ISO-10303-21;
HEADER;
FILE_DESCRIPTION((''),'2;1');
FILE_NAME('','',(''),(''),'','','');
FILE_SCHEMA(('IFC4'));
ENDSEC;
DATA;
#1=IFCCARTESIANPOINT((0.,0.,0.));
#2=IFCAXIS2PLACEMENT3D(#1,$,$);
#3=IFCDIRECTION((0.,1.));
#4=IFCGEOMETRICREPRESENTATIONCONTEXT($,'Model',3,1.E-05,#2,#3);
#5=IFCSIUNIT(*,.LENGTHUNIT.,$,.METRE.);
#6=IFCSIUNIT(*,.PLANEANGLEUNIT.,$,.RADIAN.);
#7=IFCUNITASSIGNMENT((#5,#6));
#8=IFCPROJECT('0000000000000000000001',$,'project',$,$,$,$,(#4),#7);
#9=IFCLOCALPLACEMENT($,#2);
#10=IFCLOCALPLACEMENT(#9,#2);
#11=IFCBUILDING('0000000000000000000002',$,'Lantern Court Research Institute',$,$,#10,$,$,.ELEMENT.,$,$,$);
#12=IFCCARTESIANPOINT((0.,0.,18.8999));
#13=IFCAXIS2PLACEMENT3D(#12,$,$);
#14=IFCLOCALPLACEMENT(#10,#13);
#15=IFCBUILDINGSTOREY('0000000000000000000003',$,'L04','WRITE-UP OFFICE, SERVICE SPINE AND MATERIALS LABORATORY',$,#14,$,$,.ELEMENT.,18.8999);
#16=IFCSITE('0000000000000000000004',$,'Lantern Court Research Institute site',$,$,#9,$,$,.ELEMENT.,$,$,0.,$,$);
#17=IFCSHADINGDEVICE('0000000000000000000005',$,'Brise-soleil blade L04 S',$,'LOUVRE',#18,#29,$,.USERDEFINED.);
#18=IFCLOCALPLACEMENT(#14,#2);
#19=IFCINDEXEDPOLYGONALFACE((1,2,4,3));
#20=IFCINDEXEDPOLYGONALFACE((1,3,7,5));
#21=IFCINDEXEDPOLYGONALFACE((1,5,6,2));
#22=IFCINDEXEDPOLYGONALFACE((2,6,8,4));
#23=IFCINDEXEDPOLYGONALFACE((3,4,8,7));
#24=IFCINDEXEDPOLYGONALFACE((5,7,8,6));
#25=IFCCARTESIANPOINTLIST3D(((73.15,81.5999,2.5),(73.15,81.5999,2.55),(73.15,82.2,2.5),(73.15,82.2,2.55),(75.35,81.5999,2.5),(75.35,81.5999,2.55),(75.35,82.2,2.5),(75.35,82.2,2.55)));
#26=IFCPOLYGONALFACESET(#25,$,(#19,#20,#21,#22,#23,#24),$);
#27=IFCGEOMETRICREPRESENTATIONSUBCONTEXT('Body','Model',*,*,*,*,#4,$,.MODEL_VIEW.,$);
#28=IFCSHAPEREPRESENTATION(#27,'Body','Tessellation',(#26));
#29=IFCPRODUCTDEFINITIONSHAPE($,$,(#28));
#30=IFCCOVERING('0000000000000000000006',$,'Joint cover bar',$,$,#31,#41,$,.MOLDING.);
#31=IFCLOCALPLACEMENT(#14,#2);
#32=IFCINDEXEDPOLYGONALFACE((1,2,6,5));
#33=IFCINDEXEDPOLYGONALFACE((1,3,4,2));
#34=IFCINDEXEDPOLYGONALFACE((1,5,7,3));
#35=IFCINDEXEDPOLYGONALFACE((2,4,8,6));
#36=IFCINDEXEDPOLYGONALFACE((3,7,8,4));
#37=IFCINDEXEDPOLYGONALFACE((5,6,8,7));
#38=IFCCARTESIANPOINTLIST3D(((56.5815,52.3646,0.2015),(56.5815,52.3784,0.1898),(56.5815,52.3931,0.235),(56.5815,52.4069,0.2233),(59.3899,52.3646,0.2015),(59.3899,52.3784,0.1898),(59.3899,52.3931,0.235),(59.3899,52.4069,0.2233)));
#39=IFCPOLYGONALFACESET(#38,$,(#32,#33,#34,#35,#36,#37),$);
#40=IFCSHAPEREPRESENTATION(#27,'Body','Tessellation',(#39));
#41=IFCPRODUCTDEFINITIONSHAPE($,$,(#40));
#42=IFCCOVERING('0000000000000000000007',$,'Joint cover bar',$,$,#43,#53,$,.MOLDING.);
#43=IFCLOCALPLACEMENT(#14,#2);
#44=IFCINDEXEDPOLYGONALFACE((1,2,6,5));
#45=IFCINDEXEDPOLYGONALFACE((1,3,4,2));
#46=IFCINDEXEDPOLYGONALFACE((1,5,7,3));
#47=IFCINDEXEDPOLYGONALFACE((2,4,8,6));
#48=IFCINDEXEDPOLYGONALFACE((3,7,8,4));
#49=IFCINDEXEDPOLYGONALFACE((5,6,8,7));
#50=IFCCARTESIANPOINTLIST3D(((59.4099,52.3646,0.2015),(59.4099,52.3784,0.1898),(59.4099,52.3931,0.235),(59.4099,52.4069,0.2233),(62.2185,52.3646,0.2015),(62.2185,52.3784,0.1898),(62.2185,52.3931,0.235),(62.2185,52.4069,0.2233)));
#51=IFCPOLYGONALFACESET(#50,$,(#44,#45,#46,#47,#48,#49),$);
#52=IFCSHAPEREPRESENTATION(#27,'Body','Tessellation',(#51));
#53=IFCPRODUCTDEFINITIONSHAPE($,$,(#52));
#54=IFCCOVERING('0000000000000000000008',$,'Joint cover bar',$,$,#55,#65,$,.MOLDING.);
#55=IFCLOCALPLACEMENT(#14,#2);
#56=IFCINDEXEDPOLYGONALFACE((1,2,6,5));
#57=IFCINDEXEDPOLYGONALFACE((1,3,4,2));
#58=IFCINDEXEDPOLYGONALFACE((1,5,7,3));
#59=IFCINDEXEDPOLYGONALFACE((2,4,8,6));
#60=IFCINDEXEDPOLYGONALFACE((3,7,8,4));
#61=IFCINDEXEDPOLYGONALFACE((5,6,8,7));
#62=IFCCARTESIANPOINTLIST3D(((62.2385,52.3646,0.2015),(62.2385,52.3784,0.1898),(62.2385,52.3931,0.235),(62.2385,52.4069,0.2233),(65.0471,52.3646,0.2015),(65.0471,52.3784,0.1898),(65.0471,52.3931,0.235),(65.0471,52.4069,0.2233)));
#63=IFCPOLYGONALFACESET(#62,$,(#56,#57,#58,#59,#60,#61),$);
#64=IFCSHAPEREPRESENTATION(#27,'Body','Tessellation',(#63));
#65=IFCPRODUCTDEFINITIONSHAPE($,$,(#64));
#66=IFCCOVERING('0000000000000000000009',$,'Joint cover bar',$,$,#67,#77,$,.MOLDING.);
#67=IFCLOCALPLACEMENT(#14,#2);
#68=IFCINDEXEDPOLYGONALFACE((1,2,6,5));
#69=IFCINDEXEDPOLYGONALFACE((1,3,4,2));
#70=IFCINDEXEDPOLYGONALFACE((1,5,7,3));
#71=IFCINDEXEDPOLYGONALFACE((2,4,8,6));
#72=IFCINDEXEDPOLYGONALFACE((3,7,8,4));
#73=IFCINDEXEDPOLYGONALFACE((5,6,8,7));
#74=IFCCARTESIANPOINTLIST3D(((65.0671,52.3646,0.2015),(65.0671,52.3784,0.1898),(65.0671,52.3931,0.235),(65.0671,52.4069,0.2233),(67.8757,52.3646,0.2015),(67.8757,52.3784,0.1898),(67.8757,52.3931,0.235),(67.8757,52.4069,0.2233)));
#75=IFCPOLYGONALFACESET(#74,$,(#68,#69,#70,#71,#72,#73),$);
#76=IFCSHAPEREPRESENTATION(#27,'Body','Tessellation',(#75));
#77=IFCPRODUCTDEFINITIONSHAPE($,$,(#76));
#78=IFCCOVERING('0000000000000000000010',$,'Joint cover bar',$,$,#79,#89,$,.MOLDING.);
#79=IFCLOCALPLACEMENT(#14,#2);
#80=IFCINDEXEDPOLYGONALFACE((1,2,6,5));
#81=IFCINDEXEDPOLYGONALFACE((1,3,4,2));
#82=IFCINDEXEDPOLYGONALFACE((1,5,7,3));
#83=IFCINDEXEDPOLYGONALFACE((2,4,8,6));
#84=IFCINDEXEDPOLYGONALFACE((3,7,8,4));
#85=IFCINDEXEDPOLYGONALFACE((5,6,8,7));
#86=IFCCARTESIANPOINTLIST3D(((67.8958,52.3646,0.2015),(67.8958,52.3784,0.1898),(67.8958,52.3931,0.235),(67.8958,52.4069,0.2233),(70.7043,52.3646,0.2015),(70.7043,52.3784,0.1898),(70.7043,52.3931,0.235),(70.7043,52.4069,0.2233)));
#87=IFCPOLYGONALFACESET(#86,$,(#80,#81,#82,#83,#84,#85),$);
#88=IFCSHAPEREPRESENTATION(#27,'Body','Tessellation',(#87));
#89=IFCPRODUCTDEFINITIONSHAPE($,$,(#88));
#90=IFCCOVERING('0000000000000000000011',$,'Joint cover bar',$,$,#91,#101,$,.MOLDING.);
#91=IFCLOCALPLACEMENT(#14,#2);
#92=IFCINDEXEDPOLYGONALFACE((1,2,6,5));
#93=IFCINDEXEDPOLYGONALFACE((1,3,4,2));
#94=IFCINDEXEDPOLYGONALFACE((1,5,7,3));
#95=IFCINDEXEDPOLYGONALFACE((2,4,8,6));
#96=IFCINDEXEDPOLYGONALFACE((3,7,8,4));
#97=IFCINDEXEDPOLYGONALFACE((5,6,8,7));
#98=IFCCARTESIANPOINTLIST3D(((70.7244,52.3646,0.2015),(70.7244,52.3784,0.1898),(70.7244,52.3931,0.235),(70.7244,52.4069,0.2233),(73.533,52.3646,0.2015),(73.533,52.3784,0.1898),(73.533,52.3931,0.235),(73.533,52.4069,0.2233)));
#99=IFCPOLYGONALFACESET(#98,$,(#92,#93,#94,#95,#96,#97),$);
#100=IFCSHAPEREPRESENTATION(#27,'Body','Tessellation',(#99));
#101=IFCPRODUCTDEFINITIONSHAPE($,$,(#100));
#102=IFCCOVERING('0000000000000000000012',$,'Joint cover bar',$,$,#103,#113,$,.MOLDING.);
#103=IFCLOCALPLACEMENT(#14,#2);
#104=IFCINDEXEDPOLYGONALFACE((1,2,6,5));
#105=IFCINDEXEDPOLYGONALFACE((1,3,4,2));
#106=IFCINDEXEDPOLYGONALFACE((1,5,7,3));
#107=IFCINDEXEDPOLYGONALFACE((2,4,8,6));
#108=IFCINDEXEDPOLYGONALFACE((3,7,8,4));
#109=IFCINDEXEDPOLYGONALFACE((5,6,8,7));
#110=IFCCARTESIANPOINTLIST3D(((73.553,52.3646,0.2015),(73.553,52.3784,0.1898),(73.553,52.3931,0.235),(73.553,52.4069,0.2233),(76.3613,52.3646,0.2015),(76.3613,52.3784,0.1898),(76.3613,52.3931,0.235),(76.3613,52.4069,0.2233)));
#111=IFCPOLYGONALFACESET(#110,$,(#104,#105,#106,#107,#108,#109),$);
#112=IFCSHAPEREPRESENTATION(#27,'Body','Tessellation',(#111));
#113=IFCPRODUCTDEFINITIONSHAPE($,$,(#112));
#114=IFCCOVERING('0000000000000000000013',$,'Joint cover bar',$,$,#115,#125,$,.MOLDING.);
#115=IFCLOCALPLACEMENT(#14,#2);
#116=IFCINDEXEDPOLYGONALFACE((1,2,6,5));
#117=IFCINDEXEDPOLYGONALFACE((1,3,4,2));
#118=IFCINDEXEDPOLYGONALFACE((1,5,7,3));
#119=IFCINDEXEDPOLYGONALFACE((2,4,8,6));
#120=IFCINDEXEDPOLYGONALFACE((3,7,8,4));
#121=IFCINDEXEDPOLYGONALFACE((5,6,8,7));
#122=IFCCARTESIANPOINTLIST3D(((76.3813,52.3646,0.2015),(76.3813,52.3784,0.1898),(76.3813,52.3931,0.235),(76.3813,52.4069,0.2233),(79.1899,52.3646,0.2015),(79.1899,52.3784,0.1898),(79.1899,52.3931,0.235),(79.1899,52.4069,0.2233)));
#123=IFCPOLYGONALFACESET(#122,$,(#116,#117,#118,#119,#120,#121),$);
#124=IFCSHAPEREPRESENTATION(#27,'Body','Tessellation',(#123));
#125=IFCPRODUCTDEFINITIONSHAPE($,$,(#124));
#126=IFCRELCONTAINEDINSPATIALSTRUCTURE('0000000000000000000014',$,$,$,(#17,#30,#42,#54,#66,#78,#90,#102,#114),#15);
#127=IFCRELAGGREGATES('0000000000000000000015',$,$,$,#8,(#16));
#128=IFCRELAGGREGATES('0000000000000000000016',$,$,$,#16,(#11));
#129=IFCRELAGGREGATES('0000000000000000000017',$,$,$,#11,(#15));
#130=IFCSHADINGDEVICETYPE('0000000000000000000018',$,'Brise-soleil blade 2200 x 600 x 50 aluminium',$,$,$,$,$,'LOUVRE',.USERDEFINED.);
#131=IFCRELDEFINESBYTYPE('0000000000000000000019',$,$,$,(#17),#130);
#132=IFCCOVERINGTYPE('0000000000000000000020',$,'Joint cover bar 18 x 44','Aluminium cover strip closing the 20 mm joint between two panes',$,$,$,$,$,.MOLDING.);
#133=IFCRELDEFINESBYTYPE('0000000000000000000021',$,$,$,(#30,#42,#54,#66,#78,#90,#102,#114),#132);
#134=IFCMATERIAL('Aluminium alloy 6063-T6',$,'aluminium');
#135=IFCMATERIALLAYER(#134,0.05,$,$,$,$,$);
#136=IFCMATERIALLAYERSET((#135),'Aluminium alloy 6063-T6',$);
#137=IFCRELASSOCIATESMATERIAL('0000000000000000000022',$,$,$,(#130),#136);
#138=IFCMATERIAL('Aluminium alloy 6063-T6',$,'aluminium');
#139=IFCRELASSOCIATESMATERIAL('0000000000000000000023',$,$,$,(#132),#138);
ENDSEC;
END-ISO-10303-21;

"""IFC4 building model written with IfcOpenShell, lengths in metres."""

from ifc_helpers import new_model, si_unit, direction, frame, origin, origin_2d, place, context, subcontext, project, spatial, rectangle, extrude, material, layer, layer_set, material_profile, profile_set, type_object, element, save


model = new_model("IFC4")

# Units and contexts
model_context = context("Model", 3, precision=1e-05, world=origin(), true_north=direction((0.0, 1.0)))
body_context = subcontext(model_context, "Body", "Model", "MODEL_VIEW")
ifc_project = project(units=[si_unit("LENGTHUNIT", "METRE"), si_unit("PLANEANGLEUNIT", "RADIAN")], contexts=[model_context])

# Site, building, storey
site_placement = place(None, origin())
site = spatial("IfcSite", under=ifc_project, at=site_placement, Name="Lantern Court Research Institute site", CompositionType="ELEMENT", RefElevation=0.0)
building_placement = place(site_placement, origin())
building = spatial("IfcBuilding", under=site, at=building_placement, Name="Lantern Court Research Institute", CompositionType="ELEMENT")
storey_placement = place(building_placement, frame((0.0, 0.0, 18.8999)))
storey = spatial("IfcBuildingStorey", under=building, at=storey_placement, Name="L04", Description="WRITE-UP OFFICE, SERVICE SPINE AND MATERIALS LABORATORY", CompositionType="ELEMENT", Elevation=18.8999)

# Shading device
ifc_material_1 = material(Name="Aluminium alloy 6063-T6", Category="aluminium")
ifc_layer_1 = layer(ifc_material_1, 0.05)
ifc_layer_set_1 = layer_set([ifc_layer_1], Name="Aluminium alloy 6063-T6")
shading_device_type = type_object("IfcShadingDeviceType", Name="Brise-soleil blade 2200 x 600 x 50 aluminium", ElementType="LOUVRE", PredefinedType="USERDEFINED", material=ifc_layer_set_1)
for number, where, z_axis, x_axis, name in (
    (1, (74.25, 81.8999, 2.5), (0.0, 0.0, 1.0), (-1.0, 0.0, 0.0), "Brise-soleil blade L04 S"),
):
    element("IfcShadingDevice", number, at=place(storey_placement, frame(where, z_axis=z_axis, x_axis=x_axis)), inside=storey, type_object=shading_device_type, Name=name, ObjectType="LOUVRE", PredefinedType="USERDEFINED", context=body_context, shape_type="SweptSolid", body=[
        extrude(rectangle(XDim=2.2, YDim=0.6001, at=origin_2d()), origin(), (0.0, 0.0, 1.0), 0.05),
    ])

# Coverings
ifc_material_2 = material(Name="Aluminium alloy 6063-T6", Category="aluminium")
ifc_material_profile_1 = material_profile(ifc_material_2, rectangle(XDim=0.0181, YDim=0.0439, at=origin_2d()), Name="Joint cover bar 18 x 44")
ifc_profile_set_1 = profile_set([ifc_material_profile_1], Name="Aluminium alloy 6063-T6")
covering_type = type_object("IfcCoveringType", Name="Joint cover bar 18 x 44", Description="Aluminium cover strip closing the 20 mm joint between two panes", PredefinedType="MOLDING", material=ifc_profile_set_1)
covering_1_placement = place(storey_placement, frame((56.5815, 52.3857, 0.2124), z_axis=(1.0, 0.0, 0.0), x_axis=(0.0, 0.761673, -0.647962)))
element("IfcCovering", 2, at=covering_1_placement, inside=storey, type_object=covering_type, Name="Joint cover bar", PredefinedType="MOLDING", context=body_context, shape_type="SweptSolid", body=[
    extrude(rectangle(XDim=0.0181, YDim=0.0439, at=origin_2d()), origin(), (0.0, 0.0, 1.0), 2.8083),
])
for number, where, z_axis, x_axis, name in (
    (3, (59.4099, 52.3857, 0.2124), (1.0, 0.0, 0.0), (0.0, 0.761673, -0.647962), "Joint cover bar"),
    (4, (62.2385, 52.3857, 0.2124), (1.0, 0.0, 0.0), (0.0, 0.761673, -0.647962), "Joint cover bar"),
    (5, (65.0671, 52.3857, 0.2124), (1.0, 0.0, 0.0), (0.0, 0.761673, -0.647962), "Joint cover bar"),
    (6, (67.8958, 52.3857, 0.2124), (1.0, 0.0, 0.0), (0.0, 0.761673, -0.647962), "Joint cover bar"),
    (7, (70.7244, 52.3857, 0.2124), (1.0, 0.0, 0.0), (0.0, 0.761673, -0.647962), "Joint cover bar"),
):
    element("IfcCovering", number, at=place(storey_placement, frame(where, z_axis=z_axis, x_axis=x_axis)), inside=storey, type_object=covering_type, Name=name, PredefinedType="MOLDING", context=body_context, shape_type="SweptSolid", body=[
        extrude(rectangle(XDim=0.0181, YDim=0.0439, at=origin_2d()), origin(), (0.0, 0.0, 1.0), 2.8086),
    ])
covering_2_placement = place(storey_placement, frame((73.553, 52.3857, 0.2124), z_axis=(1.0, 0.0, 0.0), x_axis=(0.0, 0.761673, -0.647962)))
element("IfcCovering", 8, at=covering_2_placement, inside=storey, type_object=covering_type, Name="Joint cover bar", PredefinedType="MOLDING", context=body_context, shape_type="SweptSolid", body=[
    extrude(rectangle(XDim=0.0181, YDim=0.0439, at=origin_2d()), origin(), (0.0, 0.0, 1.0), 2.8083),
])
covering_3_placement = place(storey_placement, frame((76.3813, 52.3857, 0.2124), z_axis=(1.0, 0.0, 0.0), x_axis=(0.0, 0.761673, -0.647962)))
element("IfcCovering", 9, at=covering_3_placement, inside=storey, type_object=covering_type, Name="Joint cover bar", PredefinedType="MOLDING", context=body_context, shape_type="SweptSolid", body=[
    extrude(rectangle(XDim=0.0181, YDim=0.0439, at=origin_2d()), origin(), (0.0, 0.0, 1.0), 2.8086),
])

save(model, "model.ifc")
